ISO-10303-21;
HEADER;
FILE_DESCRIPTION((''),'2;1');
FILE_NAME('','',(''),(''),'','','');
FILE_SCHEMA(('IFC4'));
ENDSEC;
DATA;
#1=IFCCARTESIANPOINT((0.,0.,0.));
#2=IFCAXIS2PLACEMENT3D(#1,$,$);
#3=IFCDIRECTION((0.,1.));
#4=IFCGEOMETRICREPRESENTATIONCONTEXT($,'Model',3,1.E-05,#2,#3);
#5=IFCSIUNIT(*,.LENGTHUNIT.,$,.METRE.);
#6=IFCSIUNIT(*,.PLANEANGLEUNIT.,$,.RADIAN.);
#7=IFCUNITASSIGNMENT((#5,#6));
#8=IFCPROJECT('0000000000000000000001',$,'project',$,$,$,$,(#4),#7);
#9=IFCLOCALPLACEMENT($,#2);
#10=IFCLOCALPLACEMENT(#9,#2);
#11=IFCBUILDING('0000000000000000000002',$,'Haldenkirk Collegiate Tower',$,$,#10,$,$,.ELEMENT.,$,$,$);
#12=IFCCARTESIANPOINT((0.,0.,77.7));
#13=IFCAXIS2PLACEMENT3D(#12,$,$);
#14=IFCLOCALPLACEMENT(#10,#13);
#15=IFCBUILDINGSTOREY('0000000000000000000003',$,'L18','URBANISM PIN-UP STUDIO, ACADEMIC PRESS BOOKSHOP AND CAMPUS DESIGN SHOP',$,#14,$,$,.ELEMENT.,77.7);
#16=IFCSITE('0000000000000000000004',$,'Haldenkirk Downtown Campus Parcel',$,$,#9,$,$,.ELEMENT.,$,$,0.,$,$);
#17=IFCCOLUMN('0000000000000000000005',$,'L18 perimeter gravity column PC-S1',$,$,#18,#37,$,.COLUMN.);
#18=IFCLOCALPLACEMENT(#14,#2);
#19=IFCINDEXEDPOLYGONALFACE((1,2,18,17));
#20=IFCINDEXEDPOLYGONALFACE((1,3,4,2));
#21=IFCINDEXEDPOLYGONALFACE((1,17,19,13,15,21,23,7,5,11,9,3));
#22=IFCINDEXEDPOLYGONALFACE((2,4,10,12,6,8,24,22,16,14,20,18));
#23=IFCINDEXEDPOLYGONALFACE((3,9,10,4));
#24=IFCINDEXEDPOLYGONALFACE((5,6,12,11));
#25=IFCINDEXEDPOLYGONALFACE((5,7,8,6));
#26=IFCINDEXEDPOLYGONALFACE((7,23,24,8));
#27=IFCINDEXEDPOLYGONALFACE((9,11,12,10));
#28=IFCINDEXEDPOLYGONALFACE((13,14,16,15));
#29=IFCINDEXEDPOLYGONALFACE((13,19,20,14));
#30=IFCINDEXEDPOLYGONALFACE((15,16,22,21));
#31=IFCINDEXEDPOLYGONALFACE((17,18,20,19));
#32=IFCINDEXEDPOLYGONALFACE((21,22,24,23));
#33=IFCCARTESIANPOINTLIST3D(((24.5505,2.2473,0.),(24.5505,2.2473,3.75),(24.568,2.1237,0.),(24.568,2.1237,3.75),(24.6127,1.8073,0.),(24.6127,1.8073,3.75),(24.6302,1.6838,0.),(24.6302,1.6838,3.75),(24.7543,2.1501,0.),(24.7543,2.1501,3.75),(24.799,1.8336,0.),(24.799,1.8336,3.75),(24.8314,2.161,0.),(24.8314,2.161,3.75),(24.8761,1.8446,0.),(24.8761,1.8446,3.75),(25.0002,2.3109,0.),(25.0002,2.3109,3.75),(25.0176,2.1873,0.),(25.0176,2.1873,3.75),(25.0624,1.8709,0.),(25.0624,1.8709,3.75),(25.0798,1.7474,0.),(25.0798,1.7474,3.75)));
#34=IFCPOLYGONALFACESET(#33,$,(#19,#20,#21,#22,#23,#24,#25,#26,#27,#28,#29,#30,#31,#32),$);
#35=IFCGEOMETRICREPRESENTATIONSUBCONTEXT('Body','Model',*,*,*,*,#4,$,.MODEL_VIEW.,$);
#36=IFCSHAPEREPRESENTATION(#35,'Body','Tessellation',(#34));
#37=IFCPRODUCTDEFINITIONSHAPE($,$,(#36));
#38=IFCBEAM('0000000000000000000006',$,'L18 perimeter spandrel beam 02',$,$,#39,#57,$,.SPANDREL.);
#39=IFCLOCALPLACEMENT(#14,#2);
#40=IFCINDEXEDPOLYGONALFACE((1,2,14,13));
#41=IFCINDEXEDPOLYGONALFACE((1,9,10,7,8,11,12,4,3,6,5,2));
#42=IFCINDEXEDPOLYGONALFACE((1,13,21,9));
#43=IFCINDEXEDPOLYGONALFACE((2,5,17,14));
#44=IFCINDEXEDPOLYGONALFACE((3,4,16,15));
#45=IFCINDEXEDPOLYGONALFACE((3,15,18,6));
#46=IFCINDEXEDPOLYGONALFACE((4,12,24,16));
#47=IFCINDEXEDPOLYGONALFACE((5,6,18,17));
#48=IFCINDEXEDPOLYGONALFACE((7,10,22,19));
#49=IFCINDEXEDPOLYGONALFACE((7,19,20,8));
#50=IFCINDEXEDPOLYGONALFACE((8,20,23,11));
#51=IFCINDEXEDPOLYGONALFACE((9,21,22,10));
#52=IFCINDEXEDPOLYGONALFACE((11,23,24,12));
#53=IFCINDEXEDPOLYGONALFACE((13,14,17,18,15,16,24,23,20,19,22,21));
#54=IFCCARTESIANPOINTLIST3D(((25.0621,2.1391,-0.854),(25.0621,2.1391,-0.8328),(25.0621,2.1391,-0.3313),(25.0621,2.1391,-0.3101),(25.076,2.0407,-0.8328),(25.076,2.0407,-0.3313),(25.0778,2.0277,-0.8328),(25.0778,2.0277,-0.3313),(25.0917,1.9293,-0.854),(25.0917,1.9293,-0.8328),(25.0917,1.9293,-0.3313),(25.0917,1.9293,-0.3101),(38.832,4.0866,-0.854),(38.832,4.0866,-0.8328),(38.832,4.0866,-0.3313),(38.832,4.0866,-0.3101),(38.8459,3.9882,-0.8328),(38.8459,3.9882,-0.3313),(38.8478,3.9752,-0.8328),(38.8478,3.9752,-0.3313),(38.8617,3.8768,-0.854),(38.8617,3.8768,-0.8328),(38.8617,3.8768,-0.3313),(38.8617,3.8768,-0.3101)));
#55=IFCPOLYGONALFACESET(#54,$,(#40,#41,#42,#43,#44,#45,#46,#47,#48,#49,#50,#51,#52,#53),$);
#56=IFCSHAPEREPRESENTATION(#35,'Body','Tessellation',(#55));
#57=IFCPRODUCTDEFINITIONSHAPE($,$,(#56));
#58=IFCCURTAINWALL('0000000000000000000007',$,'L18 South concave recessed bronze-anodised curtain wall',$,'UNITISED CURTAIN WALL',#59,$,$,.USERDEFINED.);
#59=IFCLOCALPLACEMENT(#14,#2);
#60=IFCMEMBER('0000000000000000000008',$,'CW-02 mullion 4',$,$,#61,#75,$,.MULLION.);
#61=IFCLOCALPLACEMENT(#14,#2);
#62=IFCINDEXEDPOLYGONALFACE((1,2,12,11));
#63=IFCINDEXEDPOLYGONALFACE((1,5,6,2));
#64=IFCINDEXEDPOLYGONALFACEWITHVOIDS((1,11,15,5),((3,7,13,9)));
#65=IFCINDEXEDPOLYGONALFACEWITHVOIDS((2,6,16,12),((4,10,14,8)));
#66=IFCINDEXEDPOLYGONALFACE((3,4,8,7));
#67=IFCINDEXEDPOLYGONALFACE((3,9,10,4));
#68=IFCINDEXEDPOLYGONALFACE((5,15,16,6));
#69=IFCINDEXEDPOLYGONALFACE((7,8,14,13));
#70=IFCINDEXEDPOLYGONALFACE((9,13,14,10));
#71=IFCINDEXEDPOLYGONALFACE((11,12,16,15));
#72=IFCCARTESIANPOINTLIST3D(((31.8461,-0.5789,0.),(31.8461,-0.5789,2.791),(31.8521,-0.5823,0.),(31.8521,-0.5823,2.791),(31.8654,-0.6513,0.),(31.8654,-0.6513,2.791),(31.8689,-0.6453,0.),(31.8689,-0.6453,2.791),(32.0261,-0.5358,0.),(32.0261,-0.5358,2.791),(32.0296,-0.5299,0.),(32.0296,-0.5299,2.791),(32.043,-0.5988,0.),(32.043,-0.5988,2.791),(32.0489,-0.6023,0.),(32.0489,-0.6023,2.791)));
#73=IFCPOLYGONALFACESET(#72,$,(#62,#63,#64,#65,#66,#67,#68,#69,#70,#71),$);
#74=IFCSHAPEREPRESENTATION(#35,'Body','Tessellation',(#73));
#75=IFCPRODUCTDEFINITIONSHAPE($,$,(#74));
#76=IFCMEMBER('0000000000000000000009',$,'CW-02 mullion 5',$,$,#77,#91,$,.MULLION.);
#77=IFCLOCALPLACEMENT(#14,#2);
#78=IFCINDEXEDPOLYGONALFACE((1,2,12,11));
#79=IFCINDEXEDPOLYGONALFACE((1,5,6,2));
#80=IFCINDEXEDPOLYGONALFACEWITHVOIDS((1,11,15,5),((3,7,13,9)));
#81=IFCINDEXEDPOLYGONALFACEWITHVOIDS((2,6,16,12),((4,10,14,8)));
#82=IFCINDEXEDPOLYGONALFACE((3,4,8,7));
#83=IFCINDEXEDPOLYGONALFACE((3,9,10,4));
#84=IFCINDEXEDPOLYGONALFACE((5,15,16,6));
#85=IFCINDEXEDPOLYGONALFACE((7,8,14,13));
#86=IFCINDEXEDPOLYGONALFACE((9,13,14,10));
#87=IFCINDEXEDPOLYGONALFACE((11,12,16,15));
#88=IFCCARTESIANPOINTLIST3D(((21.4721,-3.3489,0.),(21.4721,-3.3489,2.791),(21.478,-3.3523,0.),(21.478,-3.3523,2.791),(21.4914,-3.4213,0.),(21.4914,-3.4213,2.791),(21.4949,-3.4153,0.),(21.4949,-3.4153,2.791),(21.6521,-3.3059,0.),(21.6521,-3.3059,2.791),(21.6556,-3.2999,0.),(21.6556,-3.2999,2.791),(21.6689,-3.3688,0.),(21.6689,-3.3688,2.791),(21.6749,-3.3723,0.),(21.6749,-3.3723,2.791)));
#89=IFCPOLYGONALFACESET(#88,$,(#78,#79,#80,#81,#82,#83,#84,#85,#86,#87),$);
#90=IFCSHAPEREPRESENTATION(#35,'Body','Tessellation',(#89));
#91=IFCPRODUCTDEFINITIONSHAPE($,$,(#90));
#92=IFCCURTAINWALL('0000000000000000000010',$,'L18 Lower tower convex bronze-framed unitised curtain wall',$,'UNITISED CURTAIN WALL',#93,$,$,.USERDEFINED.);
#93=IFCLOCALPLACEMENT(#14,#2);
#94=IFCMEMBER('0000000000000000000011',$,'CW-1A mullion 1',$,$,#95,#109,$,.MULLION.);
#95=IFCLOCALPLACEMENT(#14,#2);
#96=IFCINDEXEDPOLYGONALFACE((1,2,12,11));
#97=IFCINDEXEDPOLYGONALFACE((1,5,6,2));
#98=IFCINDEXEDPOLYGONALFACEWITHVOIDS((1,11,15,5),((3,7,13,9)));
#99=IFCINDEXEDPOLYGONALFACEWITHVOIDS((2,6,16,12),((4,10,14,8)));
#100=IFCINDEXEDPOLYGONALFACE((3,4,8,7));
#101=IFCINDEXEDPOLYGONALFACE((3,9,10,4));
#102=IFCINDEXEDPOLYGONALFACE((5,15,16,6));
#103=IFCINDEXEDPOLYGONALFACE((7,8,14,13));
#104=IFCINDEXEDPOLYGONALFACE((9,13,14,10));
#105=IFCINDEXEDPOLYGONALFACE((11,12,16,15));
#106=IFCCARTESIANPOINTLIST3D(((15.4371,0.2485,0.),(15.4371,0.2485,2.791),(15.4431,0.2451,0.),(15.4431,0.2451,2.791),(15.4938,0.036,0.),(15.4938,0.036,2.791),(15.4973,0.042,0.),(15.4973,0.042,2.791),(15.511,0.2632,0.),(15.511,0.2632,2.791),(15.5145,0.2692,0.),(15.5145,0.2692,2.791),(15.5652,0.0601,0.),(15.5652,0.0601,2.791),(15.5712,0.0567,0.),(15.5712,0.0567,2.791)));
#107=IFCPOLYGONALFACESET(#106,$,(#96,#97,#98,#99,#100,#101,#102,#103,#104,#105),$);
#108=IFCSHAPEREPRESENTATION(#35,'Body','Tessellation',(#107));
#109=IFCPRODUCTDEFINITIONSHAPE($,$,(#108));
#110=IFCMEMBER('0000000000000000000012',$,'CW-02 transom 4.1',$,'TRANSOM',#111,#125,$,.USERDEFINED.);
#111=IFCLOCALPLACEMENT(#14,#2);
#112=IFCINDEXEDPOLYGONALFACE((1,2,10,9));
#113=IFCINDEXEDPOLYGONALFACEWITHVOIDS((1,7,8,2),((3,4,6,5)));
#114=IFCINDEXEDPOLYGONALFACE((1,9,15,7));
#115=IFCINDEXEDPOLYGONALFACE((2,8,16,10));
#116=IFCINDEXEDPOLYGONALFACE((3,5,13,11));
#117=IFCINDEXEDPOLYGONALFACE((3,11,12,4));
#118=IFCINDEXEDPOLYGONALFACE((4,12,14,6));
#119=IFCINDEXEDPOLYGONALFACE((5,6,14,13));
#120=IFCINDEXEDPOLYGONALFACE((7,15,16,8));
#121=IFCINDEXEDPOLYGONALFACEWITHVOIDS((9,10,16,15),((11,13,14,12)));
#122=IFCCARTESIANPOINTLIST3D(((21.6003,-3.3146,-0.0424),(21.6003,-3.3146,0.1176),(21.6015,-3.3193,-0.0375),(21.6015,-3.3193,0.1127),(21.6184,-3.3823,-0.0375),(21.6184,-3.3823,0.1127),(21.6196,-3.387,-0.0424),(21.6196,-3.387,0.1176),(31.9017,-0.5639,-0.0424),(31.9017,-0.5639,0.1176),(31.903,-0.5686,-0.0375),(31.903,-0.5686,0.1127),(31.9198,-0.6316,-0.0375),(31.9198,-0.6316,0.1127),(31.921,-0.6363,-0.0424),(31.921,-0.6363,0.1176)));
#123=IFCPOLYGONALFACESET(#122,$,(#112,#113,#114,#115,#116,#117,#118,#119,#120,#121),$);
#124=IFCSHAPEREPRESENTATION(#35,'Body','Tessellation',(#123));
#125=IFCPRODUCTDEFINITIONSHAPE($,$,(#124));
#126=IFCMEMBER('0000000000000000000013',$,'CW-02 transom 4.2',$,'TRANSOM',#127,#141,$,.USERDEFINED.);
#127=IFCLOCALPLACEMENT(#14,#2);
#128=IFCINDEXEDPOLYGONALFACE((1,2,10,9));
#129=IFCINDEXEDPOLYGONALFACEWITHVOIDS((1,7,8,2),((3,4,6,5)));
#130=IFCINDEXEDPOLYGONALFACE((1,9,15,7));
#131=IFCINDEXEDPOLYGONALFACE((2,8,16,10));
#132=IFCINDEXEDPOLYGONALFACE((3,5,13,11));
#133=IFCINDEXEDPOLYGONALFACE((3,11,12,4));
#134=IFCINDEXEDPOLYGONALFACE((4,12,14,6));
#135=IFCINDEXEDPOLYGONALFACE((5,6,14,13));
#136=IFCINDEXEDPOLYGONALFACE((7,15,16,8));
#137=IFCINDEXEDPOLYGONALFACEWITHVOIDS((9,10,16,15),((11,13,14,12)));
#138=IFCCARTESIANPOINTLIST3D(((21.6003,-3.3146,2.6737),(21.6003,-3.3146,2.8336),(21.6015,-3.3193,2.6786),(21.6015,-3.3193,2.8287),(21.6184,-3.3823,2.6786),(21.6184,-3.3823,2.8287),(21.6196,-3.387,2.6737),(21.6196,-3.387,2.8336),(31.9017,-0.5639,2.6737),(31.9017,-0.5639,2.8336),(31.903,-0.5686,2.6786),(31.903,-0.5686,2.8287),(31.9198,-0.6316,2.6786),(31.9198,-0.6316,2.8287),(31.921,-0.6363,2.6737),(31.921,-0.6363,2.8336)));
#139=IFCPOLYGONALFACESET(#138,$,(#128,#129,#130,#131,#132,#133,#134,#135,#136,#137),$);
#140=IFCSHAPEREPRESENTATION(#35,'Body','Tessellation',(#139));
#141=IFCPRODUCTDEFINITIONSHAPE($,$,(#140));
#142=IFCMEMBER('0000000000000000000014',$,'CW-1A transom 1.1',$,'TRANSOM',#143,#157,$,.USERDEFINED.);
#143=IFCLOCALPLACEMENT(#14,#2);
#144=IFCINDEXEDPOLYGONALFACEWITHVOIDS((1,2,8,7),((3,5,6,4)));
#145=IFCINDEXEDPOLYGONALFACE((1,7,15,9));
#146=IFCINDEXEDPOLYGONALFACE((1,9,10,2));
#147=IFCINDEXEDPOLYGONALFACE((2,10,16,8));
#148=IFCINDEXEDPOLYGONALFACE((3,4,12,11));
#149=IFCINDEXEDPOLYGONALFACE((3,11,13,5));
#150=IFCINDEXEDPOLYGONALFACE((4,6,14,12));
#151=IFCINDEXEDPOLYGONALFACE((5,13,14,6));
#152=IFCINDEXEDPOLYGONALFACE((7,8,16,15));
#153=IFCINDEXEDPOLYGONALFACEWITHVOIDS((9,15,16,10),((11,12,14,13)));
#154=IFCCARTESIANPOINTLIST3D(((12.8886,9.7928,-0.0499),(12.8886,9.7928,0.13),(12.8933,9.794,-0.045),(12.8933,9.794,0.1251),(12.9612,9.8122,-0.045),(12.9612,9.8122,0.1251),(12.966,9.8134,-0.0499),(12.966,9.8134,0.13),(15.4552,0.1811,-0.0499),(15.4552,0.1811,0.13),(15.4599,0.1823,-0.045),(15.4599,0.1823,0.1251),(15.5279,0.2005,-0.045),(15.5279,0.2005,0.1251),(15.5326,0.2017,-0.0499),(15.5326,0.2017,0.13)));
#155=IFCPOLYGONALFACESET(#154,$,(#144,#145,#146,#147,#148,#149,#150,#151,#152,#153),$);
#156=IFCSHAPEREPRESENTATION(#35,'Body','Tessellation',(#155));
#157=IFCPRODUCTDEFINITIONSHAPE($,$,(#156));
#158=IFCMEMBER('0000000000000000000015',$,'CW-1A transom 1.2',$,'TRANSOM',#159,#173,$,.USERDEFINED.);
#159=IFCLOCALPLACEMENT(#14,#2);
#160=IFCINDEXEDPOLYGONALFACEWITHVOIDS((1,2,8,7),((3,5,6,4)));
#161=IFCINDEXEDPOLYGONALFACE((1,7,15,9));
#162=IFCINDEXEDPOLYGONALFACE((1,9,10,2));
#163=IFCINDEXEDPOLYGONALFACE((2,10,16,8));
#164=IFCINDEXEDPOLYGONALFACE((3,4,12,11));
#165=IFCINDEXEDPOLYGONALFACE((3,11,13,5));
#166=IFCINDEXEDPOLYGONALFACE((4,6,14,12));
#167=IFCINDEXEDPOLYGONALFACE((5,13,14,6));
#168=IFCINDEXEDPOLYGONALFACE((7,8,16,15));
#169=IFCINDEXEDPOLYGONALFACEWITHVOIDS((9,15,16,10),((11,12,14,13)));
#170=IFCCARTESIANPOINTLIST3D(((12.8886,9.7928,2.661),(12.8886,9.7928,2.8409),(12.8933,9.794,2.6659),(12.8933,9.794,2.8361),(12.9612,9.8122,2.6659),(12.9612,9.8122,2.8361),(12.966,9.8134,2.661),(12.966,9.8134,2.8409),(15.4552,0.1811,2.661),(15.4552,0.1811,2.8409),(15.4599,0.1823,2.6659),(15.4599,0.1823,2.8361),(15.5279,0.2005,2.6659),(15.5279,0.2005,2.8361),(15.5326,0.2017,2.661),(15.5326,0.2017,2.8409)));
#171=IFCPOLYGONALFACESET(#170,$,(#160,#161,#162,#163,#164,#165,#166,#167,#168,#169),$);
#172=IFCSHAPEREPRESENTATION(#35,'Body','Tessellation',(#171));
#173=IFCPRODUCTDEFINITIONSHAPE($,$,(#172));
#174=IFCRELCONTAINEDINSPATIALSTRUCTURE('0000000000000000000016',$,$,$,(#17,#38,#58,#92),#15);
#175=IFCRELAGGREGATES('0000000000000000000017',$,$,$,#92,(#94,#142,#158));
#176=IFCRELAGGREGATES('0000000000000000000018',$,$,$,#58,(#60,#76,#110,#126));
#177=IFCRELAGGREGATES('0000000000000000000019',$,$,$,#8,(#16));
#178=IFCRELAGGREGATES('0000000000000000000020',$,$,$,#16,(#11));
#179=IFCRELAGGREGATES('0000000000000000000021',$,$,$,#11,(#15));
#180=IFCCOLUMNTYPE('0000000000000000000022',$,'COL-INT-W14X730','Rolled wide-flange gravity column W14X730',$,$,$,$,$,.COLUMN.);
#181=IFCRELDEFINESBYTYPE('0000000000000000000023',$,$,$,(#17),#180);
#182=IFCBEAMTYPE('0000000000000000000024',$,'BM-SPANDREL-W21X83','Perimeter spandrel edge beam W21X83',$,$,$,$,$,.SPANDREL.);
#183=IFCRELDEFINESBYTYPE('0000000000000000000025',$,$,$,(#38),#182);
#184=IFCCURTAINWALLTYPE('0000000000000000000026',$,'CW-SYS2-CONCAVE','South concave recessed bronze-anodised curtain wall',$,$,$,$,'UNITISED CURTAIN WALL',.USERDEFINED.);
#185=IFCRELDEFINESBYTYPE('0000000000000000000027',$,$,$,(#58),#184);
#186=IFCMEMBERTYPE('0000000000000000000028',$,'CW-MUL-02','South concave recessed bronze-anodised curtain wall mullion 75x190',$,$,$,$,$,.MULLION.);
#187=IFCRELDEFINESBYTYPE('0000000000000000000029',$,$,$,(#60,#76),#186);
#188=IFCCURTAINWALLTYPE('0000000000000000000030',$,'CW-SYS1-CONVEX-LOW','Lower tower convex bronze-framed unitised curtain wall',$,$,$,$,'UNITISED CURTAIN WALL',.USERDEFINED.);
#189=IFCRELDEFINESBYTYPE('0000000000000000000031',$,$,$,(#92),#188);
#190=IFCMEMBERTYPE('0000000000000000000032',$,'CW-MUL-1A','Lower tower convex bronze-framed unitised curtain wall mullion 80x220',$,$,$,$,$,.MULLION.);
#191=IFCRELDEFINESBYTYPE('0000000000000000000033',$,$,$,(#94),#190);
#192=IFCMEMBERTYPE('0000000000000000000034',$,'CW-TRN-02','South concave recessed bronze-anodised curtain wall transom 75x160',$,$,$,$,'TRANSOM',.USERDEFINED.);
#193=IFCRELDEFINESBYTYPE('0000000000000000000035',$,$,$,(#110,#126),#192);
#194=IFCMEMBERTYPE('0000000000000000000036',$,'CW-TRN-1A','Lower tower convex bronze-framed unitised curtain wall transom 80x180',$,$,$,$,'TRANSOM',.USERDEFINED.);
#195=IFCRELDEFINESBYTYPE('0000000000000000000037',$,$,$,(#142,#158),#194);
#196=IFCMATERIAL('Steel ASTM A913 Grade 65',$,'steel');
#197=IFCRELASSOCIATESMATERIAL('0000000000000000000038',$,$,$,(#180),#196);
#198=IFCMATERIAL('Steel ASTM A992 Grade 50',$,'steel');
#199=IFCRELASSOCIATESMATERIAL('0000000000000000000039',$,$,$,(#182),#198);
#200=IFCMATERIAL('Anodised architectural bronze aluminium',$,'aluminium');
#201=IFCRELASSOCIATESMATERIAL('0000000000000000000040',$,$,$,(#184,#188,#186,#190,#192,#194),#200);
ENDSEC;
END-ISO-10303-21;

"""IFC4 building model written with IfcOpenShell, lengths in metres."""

from ifc_helpers import new_model, si_unit, direction, frame, origin, origin_2d, place, context, subcontext, project, spatial, hollow_rectangle, i_section, extrude, material, material_profile, profile_set, type_object, element, aggregate, save


model = new_model("IFC4")

# Units and contexts
model_context = context("Model", 3, precision=1e-05, world=origin(), true_north=direction((0.0, 1.0)))
body_context = subcontext(model_context, "Body", "Model", "MODEL_VIEW")
ifc_project = project(units=[si_unit("LENGTHUNIT", "METRE"), si_unit("PLANEANGLEUNIT", "RADIAN")], contexts=[model_context])

# Site, building, storey
site_placement = place(None, origin())
site = spatial("IfcSite", under=ifc_project, at=site_placement, Name="Haldenkirk Downtown Campus Parcel", CompositionType="ELEMENT", RefElevation=0.0)
building_placement = place(site_placement, origin())
building = spatial("IfcBuilding", under=site, at=building_placement, Name="Haldenkirk Collegiate Tower", CompositionType="ELEMENT")
storey_placement = place(building_placement, frame((0.0, 0.0, 77.7)))
storey = spatial("IfcBuildingStorey", under=building, at=storey_placement, Name="L18", Description="URBANISM PIN-UP STUDIO, ACADEMIC PRESS BOOKSHOP AND CAMPUS DESIGN SHOP", CompositionType="ELEMENT", Elevation=77.7)

# Column
ifc_material_1 = material(Name="Steel ASTM A913 Grade 65", Category="steel")
ifc_material_profile_1 = material_profile(ifc_material_1, i_section(OverallWidth=0.4541, OverallDepth=0.5691, WebThickness=0.0779, FlangeThickness=0.1248, at=origin_2d()), Name="W14X730")
ifc_profile_set_1 = profile_set([ifc_material_profile_1], Name="Steel ASTM A913 Grade 65")
column_type = type_object("IfcColumnType", Name="COL-INT-W14X730", Description="Rolled wide-flange gravity column W14X730", PredefinedType="COLUMN", material=ifc_profile_set_1)
column_placement = place(storey_placement, frame((24.8152, 1.9973, 0.0), z_axis=(0.0, 0.0, 1.0), x_axis=(0.990146, 0.140037, 0.0)))
element("IfcColumn", 1, at=column_placement, inside=storey, type_object=column_type, Name="L18 perimeter gravity column PC-S1", PredefinedType="COLUMN", context=body_context, shape_type="SweptSolid", body=[
    extrude(i_section(OverallWidth=0.4541, OverallDepth=0.5691, WebThickness=0.0779, FlangeThickness=0.1248, at=origin_2d()), origin(), (0.0, 0.0, 1.0), 3.75),
])

# Beam
ifc_material_2 = material(Name="Steel ASTM A992 Grade 50", Category="steel")
ifc_material_profile_2 = material_profile(ifc_material_2, i_section(OverallWidth=0.2119, OverallDepth=0.5439, WebThickness=0.0132, FlangeThickness=0.0212, at=origin_2d()), Name="W21X83")
ifc_profile_set_2 = profile_set([ifc_material_profile_2], Name="Steel ASTM A992 Grade 50")
beam_type = type_object("IfcBeamType", Name="BM-SPANDREL-W21X83", Description="Perimeter spandrel edge beam W21X83", PredefinedType="SPANDREL", material=ifc_profile_set_2)
beam_placement = place(storey_placement, frame((25.0769, 2.0342, -0.582), z_axis=(0.990146, 0.140038, 0.0), x_axis=(-0.140038, 0.990146, 0.0)))
element("IfcBeam", 2, at=beam_placement, inside=storey, type_object=beam_type, Name="L18 perimeter spandrel beam 02", PredefinedType="SPANDREL", context=body_context, shape_type="SweptSolid", body=[
    extrude(i_section(OverallWidth=0.2119, OverallDepth=0.5439, WebThickness=0.0132, FlangeThickness=0.0212, at=origin_2d()), origin(), (0.0, 0.0, 1.0), 13.907),
])

# Curtain wall, members
ifc_material_3 = material(Name="Anodised architectural bronze aluminium", Category="aluminium")
curtain_wall_type_1 = type_object("IfcCurtainWallType", Name="CW-SYS2-CONCAVE", Description="South concave recessed bronze-anodised curtain wall", ElementType="UNITISED CURTAIN WALL", PredefinedType="USERDEFINED", material=ifc_material_3)
curtain_wall_1_placement = place(storey_placement, origin())
curtain_wall_1 = element("IfcCurtainWall", 3, at=curtain_wall_1_placement, inside=storey, type_object=curtain_wall_type_1, Name="L18 South concave recessed bronze-anodised curtain wall", ObjectType="UNITISED CURTAIN WALL", PredefinedType="USERDEFINED")
ifc_material_profile_3 = material_profile(ifc_material_3, hollow_rectangle(XDim=0.075, YDim=0.1899, WallThickness=0.0049, at=origin_2d()), Name="CW-MUL-02")
ifc_profile_set_3 = profile_set([ifc_material_profile_3], Name="Anodised architectural bronze aluminium")
member_type_1 = type_object("IfcMemberType", Name="CW-MUL-02", Description="South concave recessed bronze-anodised curtain wall mullion 75x190", PredefinedType="MULLION", material=ifc_profile_set_3)
member_1_placement = place(storey_placement, frame((31.9475, -0.5906, 0.0), z_axis=(0.0, 0.0, 1.0), x_axis=(0.257976, -0.966151, 0.0)))
member_1 = element("IfcMember", 4, at=member_1_placement, type_object=member_type_1, Name="CW-02 mullion 4", PredefinedType="MULLION", context=body_context, shape_type="SweptSolid", body=[
    extrude(hollow_rectangle(XDim=0.075, YDim=0.1899, WallThickness=0.0049, at=origin_2d()), origin(), (0.0, 0.0, 1.0), 2.791),
])
member_2_placement = place(storey_placement, frame((21.5735, -3.3606, 0.0), z_axis=(0.0, 0.0, 1.0), x_axis=(0.257976, -0.966151, 0.0)))
member_2 = element("IfcMember", 5, at=member_2_placement, type_object=member_type_1, Name="CW-02 mullion 5", PredefinedType="MULLION", context=body_context, shape_type="SweptSolid", body=[
    extrude(hollow_rectangle(XDim=0.075, YDim=0.1899, WallThickness=0.0049, at=origin_2d()), origin(), (0.0, 0.0, 1.0), 2.791),
])

# Curtain wall, member
curtain_wall_type_2 = type_object("IfcCurtainWallType", Name="CW-SYS1-CONVEX-LOW", Description="Lower tower convex bronze-framed unitised curtain wall", ElementType="UNITISED CURTAIN WALL", PredefinedType="USERDEFINED", material=ifc_material_3)
curtain_wall_2_placement = place(storey_placement, origin())
curtain_wall_2 = element("IfcCurtainWall", 6, at=curtain_wall_2_placement, inside=storey, type_object=curtain_wall_type_2, Name="L18 Lower tower convex bronze-framed unitised curtain wall", ObjectType="UNITISED CURTAIN WALL", PredefinedType="USERDEFINED")
ifc_material_profile_4 = material_profile(ifc_material_3, hollow_rectangle(XDim=0.0801, YDim=0.22, WallThickness=0.0049, at=origin_2d()), Name="CW-MUL-1A")
ifc_profile_set_4 = profile_set([ifc_material_profile_4], Name="Anodised architectural bronze aluminium")
member_type_2 = type_object("IfcMemberType", Name="CW-MUL-1A", Description="Lower tower convex bronze-framed unitised curtain wall mullion 80x220", PredefinedType="MULLION", material=ifc_profile_set_4)
member_3_placement = place(storey_placement, frame((15.5042, 0.1526, 0.0), z_axis=(0.0, 0.0, 1.0), x_axis=(-0.966152, -0.257974, 0.0)))
member_3 = element("IfcMember", 7, at=member_3_placement, type_object=member_type_2, Name="CW-1A mullion 1", PredefinedType="MULLION", context=body_context, shape_type="SweptSolid", body=[
    extrude(hollow_rectangle(XDim=0.0801, YDim=0.22, WallThickness=0.0049, at=origin_2d()), origin(), (0.0, 0.0, 1.0), 2.791),
])

# Members
ifc_material_profile_5 = material_profile(ifc_material_3, hollow_rectangle(XDim=0.075, YDim=0.1599, WallThickness=0.0049, at=origin_2d()), Name="CW-TRN-02")
ifc_profile_set_5 = profile_set([ifc_material_profile_5], Name="Anodised architectural bronze aluminium")
member_type_3 = type_object("IfcMemberType", Name="CW-TRN-02", Description="South concave recessed bronze-anodised curtain wall transom 75x160", ElementType="TRANSOM", PredefinedType="USERDEFINED", material=ifc_profile_set_5)
member_4_placement = place(storey_placement, frame((31.9114, -0.6001, 0.0376), z_axis=(-0.966149, -0.257983, 0.0), x_axis=(0.257983, -0.966149, 0.0)))
member_4 = element("IfcMember", 8, at=member_4_placement, type_object=member_type_3, Name="CW-02 transom 4.1", ObjectType="TRANSOM", PredefinedType="USERDEFINED", context=body_context, shape_type="SweptSolid", body=[
    extrude(hollow_rectangle(XDim=0.075, YDim=0.1599, WallThickness=0.0049, at=origin_2d()), origin(), (0.0, 0.0, 1.0), 10.6624),
])
member_5_placement = place(storey_placement, frame((31.9114, -0.6001, 2.7537), z_axis=(-0.966149, -0.257983, 0.0), x_axis=(0.257983, -0.966149, 0.0)))
member_5 = element("IfcMember", 9, at=member_5_placement, type_object=member_type_3, Name="CW-02 transom 4.2", ObjectType="TRANSOM", PredefinedType="USERDEFINED", context=body_context, shape_type="SweptSolid", body=[
    extrude(hollow_rectangle(XDim=0.075, YDim=0.1599, WallThickness=0.0049, at=origin_2d()), origin(), (0.0, 0.0, 1.0), 10.6624),
])
ifc_material_profile_6 = material_profile(ifc_material_3, hollow_rectangle(XDim=0.0801, YDim=0.1799, WallThickness=0.0049, at=origin_2d()), Name="CW-TRN-1A")
ifc_profile_set_6 = profile_set([ifc_material_profile_6], Name="Anodised architectural bronze aluminium")
member_type_4 = type_object("IfcMemberType", Name="CW-TRN-1A", Description="Lower tower convex bronze-framed unitised curtain wall transom 80x180", ElementType="TRANSOM", PredefinedType="USERDEFINED", material=ifc_profile_set_6)
member_6_placement = place(storey_placement, frame((15.4939, 0.1914, 0.04), z_axis=(-0.257991, 0.966147, 0.0), x_axis=(-0.966147, -0.257991, 0.0)))
member_6 = element("IfcMember", 10, at=member_6_placement, type_object=member_type_4, Name="CW-1A transom 1.1", ObjectType="TRANSOM", PredefinedType="USERDEFINED", context=body_context, shape_type="SweptSolid", body=[
    extrude(hollow_rectangle(XDim=0.0801, YDim=0.1799, WallThickness=0.0049, at=origin_2d()), origin(), (0.0, 0.0, 1.0), 9.9485),
])
member_7_placement = place(storey_placement, frame((15.4939, 0.1914, 2.751), z_axis=(-0.257991, 0.966147, 0.0), x_axis=(-0.966147, -0.257991, 0.0)))
member_7 = element("IfcMember", 11, at=member_7_placement, type_object=member_type_4, Name="CW-1A transom 1.2", ObjectType="TRANSOM", PredefinedType="USERDEFINED", context=body_context, shape_type="SweptSolid", body=[
    extrude(hollow_rectangle(XDim=0.0801, YDim=0.1799, WallThickness=0.0049, at=origin_2d()), origin(), (0.0, 0.0, 1.0), 9.9485),
])
aggregate(curtain_wall_2, [member_3, member_6, member_7])

aggregate(curtain_wall_1, [member_1, member_2, member_4, member_5])

save(model, "model.ifc")
